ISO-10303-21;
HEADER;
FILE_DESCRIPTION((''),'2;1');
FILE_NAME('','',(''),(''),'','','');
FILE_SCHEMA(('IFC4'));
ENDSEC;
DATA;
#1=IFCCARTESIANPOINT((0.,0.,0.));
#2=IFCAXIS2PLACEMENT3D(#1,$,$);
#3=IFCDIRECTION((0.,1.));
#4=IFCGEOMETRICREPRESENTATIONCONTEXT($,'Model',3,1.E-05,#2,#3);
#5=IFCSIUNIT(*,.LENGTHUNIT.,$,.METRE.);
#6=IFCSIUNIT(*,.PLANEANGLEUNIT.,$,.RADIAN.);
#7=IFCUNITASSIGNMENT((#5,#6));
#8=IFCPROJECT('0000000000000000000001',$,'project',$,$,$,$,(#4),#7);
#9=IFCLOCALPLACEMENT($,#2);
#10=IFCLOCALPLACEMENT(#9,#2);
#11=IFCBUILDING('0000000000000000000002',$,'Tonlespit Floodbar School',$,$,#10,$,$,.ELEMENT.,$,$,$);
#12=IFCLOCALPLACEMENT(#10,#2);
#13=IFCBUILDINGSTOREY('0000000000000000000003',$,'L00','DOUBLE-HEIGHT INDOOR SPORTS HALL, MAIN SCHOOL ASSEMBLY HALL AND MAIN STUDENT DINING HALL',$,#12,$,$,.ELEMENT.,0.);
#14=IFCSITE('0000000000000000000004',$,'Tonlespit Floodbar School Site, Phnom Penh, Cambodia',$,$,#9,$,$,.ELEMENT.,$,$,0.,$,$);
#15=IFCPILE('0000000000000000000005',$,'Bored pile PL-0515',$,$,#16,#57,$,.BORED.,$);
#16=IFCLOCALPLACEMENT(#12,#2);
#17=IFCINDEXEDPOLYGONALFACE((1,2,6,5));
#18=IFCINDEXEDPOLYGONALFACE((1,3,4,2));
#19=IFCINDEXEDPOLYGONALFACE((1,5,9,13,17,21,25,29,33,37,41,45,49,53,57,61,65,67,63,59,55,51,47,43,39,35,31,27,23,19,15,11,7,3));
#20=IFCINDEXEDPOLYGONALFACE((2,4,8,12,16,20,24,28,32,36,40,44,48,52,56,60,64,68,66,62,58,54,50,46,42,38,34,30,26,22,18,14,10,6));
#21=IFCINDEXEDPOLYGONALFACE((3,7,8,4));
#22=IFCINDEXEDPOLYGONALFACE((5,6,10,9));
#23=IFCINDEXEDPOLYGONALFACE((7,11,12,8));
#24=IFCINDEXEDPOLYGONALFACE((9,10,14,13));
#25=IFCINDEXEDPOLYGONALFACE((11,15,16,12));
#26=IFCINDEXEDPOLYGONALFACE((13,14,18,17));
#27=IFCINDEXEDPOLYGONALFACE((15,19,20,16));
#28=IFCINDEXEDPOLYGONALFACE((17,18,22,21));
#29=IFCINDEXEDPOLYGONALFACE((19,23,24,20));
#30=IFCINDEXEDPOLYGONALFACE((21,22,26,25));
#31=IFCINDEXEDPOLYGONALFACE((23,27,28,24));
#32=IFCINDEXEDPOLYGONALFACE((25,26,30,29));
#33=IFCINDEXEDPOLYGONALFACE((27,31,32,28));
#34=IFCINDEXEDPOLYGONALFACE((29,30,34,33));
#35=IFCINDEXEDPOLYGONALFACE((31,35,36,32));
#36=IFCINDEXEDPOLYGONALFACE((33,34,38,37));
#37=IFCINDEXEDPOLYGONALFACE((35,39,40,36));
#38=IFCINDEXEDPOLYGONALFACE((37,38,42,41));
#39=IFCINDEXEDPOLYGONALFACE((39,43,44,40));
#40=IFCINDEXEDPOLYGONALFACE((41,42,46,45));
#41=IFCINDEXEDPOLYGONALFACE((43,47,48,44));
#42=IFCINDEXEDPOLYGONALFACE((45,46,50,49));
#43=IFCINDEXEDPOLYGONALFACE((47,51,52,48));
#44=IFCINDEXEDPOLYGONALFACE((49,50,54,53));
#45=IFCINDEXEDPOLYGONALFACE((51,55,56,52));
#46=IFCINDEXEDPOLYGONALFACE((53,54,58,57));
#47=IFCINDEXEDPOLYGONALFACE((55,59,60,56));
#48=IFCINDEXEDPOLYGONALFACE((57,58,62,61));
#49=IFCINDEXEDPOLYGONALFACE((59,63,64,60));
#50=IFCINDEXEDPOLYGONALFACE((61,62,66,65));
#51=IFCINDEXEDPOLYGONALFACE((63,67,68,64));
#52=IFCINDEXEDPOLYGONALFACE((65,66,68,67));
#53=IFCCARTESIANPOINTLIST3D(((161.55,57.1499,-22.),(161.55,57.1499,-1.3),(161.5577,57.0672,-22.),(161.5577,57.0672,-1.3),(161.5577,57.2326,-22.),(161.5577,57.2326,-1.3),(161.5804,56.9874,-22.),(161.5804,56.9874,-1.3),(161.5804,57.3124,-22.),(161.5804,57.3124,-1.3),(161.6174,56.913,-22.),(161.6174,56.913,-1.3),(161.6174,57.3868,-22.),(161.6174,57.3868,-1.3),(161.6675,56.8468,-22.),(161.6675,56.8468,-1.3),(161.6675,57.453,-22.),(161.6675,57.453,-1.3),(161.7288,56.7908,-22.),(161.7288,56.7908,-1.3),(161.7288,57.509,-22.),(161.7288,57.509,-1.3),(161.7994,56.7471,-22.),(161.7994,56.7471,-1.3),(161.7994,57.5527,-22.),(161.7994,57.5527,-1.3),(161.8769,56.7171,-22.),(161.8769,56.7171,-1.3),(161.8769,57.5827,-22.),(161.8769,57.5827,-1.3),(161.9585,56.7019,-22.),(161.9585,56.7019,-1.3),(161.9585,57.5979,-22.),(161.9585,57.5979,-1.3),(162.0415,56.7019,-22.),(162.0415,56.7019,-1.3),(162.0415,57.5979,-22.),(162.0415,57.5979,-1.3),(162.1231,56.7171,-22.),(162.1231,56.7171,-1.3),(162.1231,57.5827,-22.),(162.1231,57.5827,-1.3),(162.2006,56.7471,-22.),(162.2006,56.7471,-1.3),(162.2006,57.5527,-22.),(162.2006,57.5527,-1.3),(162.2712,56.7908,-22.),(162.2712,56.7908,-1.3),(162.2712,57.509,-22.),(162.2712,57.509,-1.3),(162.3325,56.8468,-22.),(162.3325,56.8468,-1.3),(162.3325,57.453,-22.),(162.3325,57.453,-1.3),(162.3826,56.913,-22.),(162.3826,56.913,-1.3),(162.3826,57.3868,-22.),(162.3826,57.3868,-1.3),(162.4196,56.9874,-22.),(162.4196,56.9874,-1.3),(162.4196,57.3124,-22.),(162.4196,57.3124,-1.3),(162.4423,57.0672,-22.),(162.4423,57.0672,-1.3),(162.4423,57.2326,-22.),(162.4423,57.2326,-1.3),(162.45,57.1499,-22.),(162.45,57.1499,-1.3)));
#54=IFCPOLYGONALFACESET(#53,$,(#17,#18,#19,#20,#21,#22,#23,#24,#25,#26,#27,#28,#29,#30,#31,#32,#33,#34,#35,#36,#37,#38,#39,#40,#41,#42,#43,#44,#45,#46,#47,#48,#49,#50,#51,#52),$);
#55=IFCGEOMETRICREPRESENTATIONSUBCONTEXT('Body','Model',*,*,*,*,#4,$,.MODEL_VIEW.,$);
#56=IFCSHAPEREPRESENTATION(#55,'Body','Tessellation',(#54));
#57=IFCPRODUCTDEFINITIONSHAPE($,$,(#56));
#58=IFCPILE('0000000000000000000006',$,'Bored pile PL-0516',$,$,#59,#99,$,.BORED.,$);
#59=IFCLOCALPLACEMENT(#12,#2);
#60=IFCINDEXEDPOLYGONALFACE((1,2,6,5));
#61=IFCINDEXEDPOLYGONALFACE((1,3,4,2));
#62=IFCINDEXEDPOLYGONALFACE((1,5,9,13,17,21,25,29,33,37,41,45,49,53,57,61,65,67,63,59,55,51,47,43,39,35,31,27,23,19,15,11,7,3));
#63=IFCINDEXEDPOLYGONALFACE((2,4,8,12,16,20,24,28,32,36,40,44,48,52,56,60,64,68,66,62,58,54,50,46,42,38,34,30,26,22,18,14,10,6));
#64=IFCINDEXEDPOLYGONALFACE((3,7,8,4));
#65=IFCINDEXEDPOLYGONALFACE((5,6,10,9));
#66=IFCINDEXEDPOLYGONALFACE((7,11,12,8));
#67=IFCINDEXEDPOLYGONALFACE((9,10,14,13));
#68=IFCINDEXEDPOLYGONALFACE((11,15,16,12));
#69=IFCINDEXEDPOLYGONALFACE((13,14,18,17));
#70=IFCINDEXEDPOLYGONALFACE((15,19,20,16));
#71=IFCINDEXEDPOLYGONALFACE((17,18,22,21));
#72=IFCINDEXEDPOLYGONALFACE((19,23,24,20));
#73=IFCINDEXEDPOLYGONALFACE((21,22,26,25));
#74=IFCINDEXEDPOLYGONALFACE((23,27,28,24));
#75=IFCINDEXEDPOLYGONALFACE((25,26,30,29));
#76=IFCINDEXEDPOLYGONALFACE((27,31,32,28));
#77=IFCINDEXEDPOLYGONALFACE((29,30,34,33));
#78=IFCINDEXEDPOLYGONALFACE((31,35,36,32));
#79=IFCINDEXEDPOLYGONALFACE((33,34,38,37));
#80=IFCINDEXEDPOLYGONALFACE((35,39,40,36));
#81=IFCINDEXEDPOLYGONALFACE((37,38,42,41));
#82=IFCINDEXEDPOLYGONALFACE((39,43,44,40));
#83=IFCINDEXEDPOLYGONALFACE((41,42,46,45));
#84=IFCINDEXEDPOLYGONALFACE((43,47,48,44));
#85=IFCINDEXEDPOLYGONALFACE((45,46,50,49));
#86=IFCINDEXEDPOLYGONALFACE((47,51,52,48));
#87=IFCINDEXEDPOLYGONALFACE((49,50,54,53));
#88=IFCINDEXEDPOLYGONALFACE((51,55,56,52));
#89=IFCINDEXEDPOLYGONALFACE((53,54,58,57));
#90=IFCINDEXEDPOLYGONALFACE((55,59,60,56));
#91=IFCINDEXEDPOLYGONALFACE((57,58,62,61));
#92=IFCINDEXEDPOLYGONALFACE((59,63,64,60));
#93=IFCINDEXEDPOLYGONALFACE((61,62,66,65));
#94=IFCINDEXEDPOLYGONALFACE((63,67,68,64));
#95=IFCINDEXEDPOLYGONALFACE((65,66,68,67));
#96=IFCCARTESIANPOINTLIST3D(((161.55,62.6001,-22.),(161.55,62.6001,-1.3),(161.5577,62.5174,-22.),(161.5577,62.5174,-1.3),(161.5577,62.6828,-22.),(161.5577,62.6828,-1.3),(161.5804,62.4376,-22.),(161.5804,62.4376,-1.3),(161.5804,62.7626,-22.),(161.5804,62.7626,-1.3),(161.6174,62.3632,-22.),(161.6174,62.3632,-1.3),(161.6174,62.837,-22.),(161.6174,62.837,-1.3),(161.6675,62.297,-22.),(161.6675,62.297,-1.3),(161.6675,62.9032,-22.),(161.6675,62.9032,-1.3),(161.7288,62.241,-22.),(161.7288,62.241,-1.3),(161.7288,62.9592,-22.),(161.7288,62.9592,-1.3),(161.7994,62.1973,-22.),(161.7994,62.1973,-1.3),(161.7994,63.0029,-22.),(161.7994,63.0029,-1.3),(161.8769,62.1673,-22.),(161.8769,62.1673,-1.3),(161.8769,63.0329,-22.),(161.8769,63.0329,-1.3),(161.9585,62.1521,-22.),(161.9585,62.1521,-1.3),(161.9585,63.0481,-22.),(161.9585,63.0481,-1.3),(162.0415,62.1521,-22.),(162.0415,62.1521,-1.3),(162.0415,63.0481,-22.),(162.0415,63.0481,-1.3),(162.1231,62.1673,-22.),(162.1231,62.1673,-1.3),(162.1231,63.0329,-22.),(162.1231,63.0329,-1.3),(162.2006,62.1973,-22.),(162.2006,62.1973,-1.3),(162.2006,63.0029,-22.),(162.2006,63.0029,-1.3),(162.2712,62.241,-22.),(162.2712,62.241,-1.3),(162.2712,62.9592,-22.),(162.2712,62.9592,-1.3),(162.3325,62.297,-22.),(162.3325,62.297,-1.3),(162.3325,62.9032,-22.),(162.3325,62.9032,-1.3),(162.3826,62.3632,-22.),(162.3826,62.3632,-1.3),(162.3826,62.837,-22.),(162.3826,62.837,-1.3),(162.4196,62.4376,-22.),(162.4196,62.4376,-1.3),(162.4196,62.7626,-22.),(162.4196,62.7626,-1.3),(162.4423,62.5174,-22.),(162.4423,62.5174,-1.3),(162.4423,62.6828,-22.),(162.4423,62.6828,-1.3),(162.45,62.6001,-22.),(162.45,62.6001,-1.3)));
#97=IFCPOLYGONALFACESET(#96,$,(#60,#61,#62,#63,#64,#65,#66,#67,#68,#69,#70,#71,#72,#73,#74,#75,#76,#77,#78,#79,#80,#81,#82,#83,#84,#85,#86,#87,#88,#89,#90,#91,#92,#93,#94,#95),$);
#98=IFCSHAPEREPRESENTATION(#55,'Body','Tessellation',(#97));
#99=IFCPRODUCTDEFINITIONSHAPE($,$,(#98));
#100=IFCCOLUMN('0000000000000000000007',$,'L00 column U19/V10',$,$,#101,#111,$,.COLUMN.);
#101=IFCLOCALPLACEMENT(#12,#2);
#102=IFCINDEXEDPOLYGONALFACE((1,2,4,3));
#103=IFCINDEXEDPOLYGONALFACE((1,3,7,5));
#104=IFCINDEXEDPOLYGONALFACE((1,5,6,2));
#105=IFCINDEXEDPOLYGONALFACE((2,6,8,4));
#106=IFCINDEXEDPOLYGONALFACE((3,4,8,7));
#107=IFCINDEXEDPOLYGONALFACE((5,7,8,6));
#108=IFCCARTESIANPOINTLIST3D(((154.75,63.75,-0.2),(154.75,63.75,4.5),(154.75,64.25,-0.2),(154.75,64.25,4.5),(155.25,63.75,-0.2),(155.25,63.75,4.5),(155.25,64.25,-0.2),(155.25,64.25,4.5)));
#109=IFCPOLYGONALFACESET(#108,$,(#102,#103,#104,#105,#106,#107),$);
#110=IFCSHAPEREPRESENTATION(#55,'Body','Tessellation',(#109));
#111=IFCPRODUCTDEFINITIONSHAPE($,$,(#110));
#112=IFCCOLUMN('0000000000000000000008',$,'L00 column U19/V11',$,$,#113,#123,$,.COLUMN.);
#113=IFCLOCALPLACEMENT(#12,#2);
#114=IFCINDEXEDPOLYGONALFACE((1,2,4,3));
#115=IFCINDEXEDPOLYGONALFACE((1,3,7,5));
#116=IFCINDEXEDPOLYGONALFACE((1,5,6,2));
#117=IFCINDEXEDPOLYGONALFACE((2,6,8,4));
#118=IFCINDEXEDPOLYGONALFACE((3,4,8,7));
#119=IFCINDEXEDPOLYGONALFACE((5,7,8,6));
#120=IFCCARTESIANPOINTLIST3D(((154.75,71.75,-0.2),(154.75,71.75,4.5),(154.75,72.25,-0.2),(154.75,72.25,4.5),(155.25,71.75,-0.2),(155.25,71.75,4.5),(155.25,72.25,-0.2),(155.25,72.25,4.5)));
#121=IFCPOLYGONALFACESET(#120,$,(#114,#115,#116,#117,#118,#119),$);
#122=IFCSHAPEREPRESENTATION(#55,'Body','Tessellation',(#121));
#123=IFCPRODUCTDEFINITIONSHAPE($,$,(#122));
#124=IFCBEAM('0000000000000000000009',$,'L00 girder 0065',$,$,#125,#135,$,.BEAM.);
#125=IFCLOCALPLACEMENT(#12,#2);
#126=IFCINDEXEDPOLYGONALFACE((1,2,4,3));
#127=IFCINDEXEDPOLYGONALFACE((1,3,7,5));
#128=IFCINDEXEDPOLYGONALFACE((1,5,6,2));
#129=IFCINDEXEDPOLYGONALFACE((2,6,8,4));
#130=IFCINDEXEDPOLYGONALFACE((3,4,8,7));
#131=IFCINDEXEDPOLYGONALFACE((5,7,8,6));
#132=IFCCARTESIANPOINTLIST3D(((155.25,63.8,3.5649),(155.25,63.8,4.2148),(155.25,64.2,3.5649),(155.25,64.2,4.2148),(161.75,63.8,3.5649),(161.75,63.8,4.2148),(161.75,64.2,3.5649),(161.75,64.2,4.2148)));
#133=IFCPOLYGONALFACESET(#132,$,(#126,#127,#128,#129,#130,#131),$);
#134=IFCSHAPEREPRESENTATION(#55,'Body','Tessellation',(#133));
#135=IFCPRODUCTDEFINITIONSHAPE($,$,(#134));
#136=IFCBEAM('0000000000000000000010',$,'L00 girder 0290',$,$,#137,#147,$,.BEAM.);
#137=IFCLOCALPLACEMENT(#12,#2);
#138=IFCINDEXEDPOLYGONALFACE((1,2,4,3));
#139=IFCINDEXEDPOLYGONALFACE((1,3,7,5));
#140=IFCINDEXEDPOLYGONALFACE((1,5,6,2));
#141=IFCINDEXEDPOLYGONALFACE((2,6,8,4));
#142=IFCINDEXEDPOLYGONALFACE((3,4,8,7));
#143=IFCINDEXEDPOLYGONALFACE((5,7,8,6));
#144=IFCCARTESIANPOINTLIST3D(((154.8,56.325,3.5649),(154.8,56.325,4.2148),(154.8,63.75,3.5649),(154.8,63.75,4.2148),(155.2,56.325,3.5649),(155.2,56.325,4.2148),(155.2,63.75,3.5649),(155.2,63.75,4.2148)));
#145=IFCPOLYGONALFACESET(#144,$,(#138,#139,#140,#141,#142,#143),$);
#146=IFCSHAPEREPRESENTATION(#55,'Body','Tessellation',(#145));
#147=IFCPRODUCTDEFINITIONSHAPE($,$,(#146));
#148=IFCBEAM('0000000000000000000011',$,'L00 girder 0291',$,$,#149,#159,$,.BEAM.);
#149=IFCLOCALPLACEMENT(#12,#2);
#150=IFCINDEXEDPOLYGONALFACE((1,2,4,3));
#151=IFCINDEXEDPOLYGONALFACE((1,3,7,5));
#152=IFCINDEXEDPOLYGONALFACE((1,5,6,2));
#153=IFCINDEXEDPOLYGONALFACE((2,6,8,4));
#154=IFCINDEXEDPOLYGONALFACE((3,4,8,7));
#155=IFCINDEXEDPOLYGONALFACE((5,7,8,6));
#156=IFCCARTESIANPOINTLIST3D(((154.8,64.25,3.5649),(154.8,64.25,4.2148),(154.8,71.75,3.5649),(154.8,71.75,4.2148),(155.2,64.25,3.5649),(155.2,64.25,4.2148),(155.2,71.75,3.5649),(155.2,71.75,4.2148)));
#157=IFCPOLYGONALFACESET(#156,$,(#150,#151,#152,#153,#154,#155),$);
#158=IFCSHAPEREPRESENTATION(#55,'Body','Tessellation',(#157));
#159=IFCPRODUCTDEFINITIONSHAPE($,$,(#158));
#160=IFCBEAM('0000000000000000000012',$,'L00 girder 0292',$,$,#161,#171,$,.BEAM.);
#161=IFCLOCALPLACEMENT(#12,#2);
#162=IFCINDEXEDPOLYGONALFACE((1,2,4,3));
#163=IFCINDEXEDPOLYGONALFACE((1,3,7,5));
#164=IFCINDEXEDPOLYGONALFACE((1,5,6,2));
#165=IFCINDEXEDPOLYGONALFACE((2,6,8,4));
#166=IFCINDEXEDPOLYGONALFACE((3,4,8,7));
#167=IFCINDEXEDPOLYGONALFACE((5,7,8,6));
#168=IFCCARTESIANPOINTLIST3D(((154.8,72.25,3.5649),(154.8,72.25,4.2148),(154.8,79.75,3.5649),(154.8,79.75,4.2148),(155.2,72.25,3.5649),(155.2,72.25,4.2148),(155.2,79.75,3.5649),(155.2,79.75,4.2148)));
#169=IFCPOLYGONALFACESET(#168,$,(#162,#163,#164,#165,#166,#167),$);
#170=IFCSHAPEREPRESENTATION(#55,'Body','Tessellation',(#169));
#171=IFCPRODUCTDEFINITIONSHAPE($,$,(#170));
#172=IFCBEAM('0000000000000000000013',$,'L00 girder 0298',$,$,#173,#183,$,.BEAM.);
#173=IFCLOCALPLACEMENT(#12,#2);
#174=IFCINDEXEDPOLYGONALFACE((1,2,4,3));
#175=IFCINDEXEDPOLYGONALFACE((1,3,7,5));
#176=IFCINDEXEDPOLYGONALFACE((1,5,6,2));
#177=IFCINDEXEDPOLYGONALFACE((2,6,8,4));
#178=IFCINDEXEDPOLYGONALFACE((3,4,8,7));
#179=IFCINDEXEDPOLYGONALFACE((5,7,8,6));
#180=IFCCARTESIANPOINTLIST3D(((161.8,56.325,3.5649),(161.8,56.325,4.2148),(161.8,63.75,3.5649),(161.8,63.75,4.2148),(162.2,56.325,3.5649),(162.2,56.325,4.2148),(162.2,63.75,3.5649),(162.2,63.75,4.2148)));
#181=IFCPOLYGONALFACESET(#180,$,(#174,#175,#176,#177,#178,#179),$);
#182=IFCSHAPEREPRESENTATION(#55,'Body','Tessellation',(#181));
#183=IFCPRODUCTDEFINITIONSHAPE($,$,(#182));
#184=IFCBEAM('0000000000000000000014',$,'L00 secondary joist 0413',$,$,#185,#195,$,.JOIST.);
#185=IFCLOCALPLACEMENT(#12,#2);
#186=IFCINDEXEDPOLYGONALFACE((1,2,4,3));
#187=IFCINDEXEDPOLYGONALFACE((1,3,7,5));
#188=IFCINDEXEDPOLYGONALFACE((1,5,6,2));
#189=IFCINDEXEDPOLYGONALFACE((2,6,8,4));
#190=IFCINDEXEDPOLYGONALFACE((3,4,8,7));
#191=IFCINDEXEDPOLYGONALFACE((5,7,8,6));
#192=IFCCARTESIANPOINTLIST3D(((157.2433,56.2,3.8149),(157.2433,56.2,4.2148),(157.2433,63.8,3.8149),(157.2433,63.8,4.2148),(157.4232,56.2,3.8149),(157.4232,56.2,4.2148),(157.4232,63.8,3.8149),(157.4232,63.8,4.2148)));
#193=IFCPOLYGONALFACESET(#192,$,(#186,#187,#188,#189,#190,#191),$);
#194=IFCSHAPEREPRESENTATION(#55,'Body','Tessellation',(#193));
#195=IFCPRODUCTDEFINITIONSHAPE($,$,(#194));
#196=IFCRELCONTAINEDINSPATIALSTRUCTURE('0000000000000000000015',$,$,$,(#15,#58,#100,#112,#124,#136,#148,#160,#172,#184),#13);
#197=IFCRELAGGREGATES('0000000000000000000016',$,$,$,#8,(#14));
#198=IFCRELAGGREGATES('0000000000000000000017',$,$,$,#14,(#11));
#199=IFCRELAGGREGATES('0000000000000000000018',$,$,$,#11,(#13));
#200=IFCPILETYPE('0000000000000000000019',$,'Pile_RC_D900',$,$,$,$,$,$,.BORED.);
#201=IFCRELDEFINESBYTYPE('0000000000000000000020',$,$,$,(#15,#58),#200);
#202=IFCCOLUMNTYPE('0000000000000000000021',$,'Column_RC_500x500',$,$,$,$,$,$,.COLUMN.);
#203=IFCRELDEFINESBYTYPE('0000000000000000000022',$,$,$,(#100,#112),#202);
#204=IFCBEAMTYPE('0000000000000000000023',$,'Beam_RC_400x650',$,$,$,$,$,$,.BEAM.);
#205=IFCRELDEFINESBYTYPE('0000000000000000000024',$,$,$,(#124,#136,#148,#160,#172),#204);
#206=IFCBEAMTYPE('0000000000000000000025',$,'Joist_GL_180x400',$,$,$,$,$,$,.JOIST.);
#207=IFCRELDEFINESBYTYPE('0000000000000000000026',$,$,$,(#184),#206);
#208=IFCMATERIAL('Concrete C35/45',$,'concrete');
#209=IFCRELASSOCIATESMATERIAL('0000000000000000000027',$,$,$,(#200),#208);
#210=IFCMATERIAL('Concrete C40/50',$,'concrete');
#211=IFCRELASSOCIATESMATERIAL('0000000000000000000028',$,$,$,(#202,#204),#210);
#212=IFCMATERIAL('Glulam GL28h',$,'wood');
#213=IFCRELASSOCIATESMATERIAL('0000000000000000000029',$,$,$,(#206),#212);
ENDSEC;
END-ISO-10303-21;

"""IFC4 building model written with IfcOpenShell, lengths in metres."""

from ifc_helpers import new_model, si_unit, direction, frame, origin, origin_2d, place, context, subcontext, project, spatial, rectangle, circle, extrude, material, material_profile, profile_set, type_object, element, save


model = new_model("IFC4")

# Units and contexts
model_context = context("Model", 3, precision=1e-05, world=origin(), true_north=direction((0.0, 1.0)))
body_context = subcontext(model_context, "Body", "Model", "MODEL_VIEW")
ifc_project = project(units=[si_unit("LENGTHUNIT", "METRE"), si_unit("PLANEANGLEUNIT", "RADIAN")], contexts=[model_context])

# Site, building, storey
site_placement = place(None, origin())
site = spatial("IfcSite", under=ifc_project, at=site_placement, Name="Tonlespit Floodbar School Site, Phnom Penh, Cambodia", CompositionType="ELEMENT", RefElevation=0.0)
building_placement = place(site_placement, origin())
building = spatial("IfcBuilding", under=site, at=building_placement, Name="Tonlespit Floodbar School", CompositionType="ELEMENT")
storey_placement = place(building_placement, origin())
storey = spatial("IfcBuildingStorey", under=building, at=storey_placement, Name="L00", Description="DOUBLE-HEIGHT INDOOR SPORTS HALL, MAIN SCHOOL ASSEMBLY HALL AND MAIN STUDENT DINING HALL", CompositionType="ELEMENT", Elevation=0.0)

# Shared definitions
ifc_material_1 = material(Name="Concrete C40/50", Category="concrete")

# Piles
ifc_material_2 = material(Name="Concrete C35/45", Category="concrete")
ifc_material_profile_1 = material_profile(ifc_material_2, circle(Radius=0.45, at=origin_2d()), Name="BP D900")
ifc_profile_set_1 = profile_set([ifc_material_profile_1], Name="Concrete C35/45")
pile_type_1 = type_object("IfcPileType", Name="Pile_RC_D900", PredefinedType="BORED", material=ifc_profile_set_1)
for number, where, z_axis, x_axis, name in (
    (1, (162.0, 57.1499, -1.3), (0.0, 0.0, -1.0), (1.0, 0.0, 0.0), "Bored pile PL-0515"),
    (2, (162.0, 62.6001, -1.3), (0.0, 0.0, -1.0), (1.0, 0.0, 0.0), "Bored pile PL-0516"),
):
    element("IfcPile", number, at=place(storey_placement, frame(where, z_axis=z_axis, x_axis=x_axis)), inside=storey, type_object=pile_type_1, Name=name, PredefinedType="BORED", context=body_context, shape_type="SweptSolid", body=[
        extrude(circle(Radius=0.45, at=origin_2d()), origin(), (0.0, 0.0, 1.0), 20.7),
    ])

# Columns
ifc_material_profile_2 = material_profile(ifc_material_1, rectangle(XDim=0.5, YDim=0.5, at=origin_2d()), Name="RC 500x500")
ifc_profile_set_2 = profile_set([ifc_material_profile_2], Name="Concrete C40/50")
column_type = type_object("IfcColumnType", Name="Column_RC_500x500", PredefinedType="COLUMN", material=ifc_profile_set_2)
for number, where, z_axis, x_axis, name in (
    (3, (155.0, 64.0, -0.2), (0.0, 0.0, 1.0), (1.0, 0.0, 0.0), "L00 column U19/V10"),
    (4, (155.0, 72.0, -0.2), (0.0, 0.0, 1.0), (1.0, 0.0, 0.0), "L00 column U19/V11"),
):
    element("IfcColumn", number, at=place(storey_placement, frame(where, z_axis=z_axis, x_axis=x_axis)), inside=storey, type_object=column_type, Name=name, PredefinedType="COLUMN", context=body_context, shape_type="SweptSolid", body=[
        extrude(rectangle(XDim=0.5, YDim=0.5, at=origin_2d()), origin(), (0.0, 0.0, 1.0), 4.7),
    ])

# Beams
ifc_material_profile_3 = material_profile(ifc_material_1, rectangle(XDim=0.3999, YDim=0.6499, at=origin_2d()), Name="RC 400x650")
ifc_profile_set_3 = profile_set([ifc_material_profile_3], Name="Concrete C40/50")
beam_type_1 = type_object("IfcBeamType", Name="Beam_RC_400x650", PredefinedType="BEAM", material=ifc_profile_set_3)
beam_1_placement = place(storey_placement, frame((155.25, 64.0, 3.8899), z_axis=(1.0, 0.0, 0.0), x_axis=(0.0, 1.0, 0.0)))
element("IfcBeam", 5, at=beam_1_placement, inside=storey, type_object=beam_type_1, Name="L00 girder 0065", PredefinedType="BEAM", context=body_context, shape_type="SweptSolid", body=[
    extrude(rectangle(XDim=0.3999, YDim=0.6499, at=origin_2d()), origin(), (0.0, 0.0, 1.0), 6.5),
])
beam_2_placement = place(storey_placement, frame((155.0, 56.325, 3.8899), z_axis=(0.0, 1.0, 0.0), x_axis=(-1.0, 0.0, 0.0)))
element("IfcBeam", 6, at=beam_2_placement, inside=storey, type_object=beam_type_1, Name="L00 girder 0290", PredefinedType="BEAM", context=body_context, shape_type="SweptSolid", body=[
    extrude(rectangle(XDim=0.3999, YDim=0.6499, at=origin_2d()), origin(), (0.0, 0.0, 1.0), 7.425),
])
for number, where, z_axis, x_axis, name in (
    (7, (155.0, 64.25, 3.8899), (0.0, 1.0, 0.0), (-1.0, 0.0, 0.0), "L00 girder 0291"),
    (8, (155.0, 72.25, 3.8899), (0.0, 1.0, 0.0), (-1.0, 0.0, 0.0), "L00 girder 0292"),
):
    element("IfcBeam", number, at=place(storey_placement, frame(where, z_axis=z_axis, x_axis=x_axis)), inside=storey, type_object=beam_type_1, Name=name, PredefinedType="BEAM", context=body_context, shape_type="SweptSolid", body=[
        extrude(rectangle(XDim=0.3999, YDim=0.6499, at=origin_2d()), origin(), (0.0, 0.0, 1.0), 7.5),
    ])
beam_3_placement = place(storey_placement, frame((162.0, 56.325, 3.8899), z_axis=(0.0, 1.0, 0.0), x_axis=(-1.0, 0.0, 0.0)))
element("IfcBeam", 9, at=beam_3_placement, inside=storey, type_object=beam_type_1, Name="L00 girder 0298", PredefinedType="BEAM", context=body_context, shape_type="SweptSolid", body=[
    extrude(rectangle(XDim=0.3999, YDim=0.6499, at=origin_2d()), origin(), (0.0, 0.0, 1.0), 7.425),
])
ifc_material_3 = material(Name="Glulam GL28h", Category="wood")
ifc_material_profile_4 = material_profile(ifc_material_3, rectangle(XDim=0.1799, YDim=0.3999, at=origin_2d()), Name="GL 180x400")
ifc_profile_set_4 = profile_set([ifc_material_profile_4], Name="Glulam GL28h")
beam_type_2 = type_object("IfcBeamType", Name="Joist_GL_180x400", PredefinedType="JOIST", material=ifc_profile_set_4)
for number, where, z_axis, x_axis, name in (
    (10, (157.3333, 56.2, 4.0149), (0.0, 1.0, 0.0), (-1.0, 0.0, 0.0), "L00 secondary joist 0413"),
):
    element("IfcBeam", number, at=place(storey_placement, frame(where, z_axis=z_axis, x_axis=x_axis)), inside=storey, type_object=beam_type_2, Name=name, PredefinedType="JOIST", context=body_context, shape_type="SweptSolid", body=[
        extrude(rectangle(XDim=0.1799, YDim=0.3999, at=origin_2d()), origin(), (0.0, 0.0, 1.0), 7.6001),
    ])

save(model, "model.ifc")
